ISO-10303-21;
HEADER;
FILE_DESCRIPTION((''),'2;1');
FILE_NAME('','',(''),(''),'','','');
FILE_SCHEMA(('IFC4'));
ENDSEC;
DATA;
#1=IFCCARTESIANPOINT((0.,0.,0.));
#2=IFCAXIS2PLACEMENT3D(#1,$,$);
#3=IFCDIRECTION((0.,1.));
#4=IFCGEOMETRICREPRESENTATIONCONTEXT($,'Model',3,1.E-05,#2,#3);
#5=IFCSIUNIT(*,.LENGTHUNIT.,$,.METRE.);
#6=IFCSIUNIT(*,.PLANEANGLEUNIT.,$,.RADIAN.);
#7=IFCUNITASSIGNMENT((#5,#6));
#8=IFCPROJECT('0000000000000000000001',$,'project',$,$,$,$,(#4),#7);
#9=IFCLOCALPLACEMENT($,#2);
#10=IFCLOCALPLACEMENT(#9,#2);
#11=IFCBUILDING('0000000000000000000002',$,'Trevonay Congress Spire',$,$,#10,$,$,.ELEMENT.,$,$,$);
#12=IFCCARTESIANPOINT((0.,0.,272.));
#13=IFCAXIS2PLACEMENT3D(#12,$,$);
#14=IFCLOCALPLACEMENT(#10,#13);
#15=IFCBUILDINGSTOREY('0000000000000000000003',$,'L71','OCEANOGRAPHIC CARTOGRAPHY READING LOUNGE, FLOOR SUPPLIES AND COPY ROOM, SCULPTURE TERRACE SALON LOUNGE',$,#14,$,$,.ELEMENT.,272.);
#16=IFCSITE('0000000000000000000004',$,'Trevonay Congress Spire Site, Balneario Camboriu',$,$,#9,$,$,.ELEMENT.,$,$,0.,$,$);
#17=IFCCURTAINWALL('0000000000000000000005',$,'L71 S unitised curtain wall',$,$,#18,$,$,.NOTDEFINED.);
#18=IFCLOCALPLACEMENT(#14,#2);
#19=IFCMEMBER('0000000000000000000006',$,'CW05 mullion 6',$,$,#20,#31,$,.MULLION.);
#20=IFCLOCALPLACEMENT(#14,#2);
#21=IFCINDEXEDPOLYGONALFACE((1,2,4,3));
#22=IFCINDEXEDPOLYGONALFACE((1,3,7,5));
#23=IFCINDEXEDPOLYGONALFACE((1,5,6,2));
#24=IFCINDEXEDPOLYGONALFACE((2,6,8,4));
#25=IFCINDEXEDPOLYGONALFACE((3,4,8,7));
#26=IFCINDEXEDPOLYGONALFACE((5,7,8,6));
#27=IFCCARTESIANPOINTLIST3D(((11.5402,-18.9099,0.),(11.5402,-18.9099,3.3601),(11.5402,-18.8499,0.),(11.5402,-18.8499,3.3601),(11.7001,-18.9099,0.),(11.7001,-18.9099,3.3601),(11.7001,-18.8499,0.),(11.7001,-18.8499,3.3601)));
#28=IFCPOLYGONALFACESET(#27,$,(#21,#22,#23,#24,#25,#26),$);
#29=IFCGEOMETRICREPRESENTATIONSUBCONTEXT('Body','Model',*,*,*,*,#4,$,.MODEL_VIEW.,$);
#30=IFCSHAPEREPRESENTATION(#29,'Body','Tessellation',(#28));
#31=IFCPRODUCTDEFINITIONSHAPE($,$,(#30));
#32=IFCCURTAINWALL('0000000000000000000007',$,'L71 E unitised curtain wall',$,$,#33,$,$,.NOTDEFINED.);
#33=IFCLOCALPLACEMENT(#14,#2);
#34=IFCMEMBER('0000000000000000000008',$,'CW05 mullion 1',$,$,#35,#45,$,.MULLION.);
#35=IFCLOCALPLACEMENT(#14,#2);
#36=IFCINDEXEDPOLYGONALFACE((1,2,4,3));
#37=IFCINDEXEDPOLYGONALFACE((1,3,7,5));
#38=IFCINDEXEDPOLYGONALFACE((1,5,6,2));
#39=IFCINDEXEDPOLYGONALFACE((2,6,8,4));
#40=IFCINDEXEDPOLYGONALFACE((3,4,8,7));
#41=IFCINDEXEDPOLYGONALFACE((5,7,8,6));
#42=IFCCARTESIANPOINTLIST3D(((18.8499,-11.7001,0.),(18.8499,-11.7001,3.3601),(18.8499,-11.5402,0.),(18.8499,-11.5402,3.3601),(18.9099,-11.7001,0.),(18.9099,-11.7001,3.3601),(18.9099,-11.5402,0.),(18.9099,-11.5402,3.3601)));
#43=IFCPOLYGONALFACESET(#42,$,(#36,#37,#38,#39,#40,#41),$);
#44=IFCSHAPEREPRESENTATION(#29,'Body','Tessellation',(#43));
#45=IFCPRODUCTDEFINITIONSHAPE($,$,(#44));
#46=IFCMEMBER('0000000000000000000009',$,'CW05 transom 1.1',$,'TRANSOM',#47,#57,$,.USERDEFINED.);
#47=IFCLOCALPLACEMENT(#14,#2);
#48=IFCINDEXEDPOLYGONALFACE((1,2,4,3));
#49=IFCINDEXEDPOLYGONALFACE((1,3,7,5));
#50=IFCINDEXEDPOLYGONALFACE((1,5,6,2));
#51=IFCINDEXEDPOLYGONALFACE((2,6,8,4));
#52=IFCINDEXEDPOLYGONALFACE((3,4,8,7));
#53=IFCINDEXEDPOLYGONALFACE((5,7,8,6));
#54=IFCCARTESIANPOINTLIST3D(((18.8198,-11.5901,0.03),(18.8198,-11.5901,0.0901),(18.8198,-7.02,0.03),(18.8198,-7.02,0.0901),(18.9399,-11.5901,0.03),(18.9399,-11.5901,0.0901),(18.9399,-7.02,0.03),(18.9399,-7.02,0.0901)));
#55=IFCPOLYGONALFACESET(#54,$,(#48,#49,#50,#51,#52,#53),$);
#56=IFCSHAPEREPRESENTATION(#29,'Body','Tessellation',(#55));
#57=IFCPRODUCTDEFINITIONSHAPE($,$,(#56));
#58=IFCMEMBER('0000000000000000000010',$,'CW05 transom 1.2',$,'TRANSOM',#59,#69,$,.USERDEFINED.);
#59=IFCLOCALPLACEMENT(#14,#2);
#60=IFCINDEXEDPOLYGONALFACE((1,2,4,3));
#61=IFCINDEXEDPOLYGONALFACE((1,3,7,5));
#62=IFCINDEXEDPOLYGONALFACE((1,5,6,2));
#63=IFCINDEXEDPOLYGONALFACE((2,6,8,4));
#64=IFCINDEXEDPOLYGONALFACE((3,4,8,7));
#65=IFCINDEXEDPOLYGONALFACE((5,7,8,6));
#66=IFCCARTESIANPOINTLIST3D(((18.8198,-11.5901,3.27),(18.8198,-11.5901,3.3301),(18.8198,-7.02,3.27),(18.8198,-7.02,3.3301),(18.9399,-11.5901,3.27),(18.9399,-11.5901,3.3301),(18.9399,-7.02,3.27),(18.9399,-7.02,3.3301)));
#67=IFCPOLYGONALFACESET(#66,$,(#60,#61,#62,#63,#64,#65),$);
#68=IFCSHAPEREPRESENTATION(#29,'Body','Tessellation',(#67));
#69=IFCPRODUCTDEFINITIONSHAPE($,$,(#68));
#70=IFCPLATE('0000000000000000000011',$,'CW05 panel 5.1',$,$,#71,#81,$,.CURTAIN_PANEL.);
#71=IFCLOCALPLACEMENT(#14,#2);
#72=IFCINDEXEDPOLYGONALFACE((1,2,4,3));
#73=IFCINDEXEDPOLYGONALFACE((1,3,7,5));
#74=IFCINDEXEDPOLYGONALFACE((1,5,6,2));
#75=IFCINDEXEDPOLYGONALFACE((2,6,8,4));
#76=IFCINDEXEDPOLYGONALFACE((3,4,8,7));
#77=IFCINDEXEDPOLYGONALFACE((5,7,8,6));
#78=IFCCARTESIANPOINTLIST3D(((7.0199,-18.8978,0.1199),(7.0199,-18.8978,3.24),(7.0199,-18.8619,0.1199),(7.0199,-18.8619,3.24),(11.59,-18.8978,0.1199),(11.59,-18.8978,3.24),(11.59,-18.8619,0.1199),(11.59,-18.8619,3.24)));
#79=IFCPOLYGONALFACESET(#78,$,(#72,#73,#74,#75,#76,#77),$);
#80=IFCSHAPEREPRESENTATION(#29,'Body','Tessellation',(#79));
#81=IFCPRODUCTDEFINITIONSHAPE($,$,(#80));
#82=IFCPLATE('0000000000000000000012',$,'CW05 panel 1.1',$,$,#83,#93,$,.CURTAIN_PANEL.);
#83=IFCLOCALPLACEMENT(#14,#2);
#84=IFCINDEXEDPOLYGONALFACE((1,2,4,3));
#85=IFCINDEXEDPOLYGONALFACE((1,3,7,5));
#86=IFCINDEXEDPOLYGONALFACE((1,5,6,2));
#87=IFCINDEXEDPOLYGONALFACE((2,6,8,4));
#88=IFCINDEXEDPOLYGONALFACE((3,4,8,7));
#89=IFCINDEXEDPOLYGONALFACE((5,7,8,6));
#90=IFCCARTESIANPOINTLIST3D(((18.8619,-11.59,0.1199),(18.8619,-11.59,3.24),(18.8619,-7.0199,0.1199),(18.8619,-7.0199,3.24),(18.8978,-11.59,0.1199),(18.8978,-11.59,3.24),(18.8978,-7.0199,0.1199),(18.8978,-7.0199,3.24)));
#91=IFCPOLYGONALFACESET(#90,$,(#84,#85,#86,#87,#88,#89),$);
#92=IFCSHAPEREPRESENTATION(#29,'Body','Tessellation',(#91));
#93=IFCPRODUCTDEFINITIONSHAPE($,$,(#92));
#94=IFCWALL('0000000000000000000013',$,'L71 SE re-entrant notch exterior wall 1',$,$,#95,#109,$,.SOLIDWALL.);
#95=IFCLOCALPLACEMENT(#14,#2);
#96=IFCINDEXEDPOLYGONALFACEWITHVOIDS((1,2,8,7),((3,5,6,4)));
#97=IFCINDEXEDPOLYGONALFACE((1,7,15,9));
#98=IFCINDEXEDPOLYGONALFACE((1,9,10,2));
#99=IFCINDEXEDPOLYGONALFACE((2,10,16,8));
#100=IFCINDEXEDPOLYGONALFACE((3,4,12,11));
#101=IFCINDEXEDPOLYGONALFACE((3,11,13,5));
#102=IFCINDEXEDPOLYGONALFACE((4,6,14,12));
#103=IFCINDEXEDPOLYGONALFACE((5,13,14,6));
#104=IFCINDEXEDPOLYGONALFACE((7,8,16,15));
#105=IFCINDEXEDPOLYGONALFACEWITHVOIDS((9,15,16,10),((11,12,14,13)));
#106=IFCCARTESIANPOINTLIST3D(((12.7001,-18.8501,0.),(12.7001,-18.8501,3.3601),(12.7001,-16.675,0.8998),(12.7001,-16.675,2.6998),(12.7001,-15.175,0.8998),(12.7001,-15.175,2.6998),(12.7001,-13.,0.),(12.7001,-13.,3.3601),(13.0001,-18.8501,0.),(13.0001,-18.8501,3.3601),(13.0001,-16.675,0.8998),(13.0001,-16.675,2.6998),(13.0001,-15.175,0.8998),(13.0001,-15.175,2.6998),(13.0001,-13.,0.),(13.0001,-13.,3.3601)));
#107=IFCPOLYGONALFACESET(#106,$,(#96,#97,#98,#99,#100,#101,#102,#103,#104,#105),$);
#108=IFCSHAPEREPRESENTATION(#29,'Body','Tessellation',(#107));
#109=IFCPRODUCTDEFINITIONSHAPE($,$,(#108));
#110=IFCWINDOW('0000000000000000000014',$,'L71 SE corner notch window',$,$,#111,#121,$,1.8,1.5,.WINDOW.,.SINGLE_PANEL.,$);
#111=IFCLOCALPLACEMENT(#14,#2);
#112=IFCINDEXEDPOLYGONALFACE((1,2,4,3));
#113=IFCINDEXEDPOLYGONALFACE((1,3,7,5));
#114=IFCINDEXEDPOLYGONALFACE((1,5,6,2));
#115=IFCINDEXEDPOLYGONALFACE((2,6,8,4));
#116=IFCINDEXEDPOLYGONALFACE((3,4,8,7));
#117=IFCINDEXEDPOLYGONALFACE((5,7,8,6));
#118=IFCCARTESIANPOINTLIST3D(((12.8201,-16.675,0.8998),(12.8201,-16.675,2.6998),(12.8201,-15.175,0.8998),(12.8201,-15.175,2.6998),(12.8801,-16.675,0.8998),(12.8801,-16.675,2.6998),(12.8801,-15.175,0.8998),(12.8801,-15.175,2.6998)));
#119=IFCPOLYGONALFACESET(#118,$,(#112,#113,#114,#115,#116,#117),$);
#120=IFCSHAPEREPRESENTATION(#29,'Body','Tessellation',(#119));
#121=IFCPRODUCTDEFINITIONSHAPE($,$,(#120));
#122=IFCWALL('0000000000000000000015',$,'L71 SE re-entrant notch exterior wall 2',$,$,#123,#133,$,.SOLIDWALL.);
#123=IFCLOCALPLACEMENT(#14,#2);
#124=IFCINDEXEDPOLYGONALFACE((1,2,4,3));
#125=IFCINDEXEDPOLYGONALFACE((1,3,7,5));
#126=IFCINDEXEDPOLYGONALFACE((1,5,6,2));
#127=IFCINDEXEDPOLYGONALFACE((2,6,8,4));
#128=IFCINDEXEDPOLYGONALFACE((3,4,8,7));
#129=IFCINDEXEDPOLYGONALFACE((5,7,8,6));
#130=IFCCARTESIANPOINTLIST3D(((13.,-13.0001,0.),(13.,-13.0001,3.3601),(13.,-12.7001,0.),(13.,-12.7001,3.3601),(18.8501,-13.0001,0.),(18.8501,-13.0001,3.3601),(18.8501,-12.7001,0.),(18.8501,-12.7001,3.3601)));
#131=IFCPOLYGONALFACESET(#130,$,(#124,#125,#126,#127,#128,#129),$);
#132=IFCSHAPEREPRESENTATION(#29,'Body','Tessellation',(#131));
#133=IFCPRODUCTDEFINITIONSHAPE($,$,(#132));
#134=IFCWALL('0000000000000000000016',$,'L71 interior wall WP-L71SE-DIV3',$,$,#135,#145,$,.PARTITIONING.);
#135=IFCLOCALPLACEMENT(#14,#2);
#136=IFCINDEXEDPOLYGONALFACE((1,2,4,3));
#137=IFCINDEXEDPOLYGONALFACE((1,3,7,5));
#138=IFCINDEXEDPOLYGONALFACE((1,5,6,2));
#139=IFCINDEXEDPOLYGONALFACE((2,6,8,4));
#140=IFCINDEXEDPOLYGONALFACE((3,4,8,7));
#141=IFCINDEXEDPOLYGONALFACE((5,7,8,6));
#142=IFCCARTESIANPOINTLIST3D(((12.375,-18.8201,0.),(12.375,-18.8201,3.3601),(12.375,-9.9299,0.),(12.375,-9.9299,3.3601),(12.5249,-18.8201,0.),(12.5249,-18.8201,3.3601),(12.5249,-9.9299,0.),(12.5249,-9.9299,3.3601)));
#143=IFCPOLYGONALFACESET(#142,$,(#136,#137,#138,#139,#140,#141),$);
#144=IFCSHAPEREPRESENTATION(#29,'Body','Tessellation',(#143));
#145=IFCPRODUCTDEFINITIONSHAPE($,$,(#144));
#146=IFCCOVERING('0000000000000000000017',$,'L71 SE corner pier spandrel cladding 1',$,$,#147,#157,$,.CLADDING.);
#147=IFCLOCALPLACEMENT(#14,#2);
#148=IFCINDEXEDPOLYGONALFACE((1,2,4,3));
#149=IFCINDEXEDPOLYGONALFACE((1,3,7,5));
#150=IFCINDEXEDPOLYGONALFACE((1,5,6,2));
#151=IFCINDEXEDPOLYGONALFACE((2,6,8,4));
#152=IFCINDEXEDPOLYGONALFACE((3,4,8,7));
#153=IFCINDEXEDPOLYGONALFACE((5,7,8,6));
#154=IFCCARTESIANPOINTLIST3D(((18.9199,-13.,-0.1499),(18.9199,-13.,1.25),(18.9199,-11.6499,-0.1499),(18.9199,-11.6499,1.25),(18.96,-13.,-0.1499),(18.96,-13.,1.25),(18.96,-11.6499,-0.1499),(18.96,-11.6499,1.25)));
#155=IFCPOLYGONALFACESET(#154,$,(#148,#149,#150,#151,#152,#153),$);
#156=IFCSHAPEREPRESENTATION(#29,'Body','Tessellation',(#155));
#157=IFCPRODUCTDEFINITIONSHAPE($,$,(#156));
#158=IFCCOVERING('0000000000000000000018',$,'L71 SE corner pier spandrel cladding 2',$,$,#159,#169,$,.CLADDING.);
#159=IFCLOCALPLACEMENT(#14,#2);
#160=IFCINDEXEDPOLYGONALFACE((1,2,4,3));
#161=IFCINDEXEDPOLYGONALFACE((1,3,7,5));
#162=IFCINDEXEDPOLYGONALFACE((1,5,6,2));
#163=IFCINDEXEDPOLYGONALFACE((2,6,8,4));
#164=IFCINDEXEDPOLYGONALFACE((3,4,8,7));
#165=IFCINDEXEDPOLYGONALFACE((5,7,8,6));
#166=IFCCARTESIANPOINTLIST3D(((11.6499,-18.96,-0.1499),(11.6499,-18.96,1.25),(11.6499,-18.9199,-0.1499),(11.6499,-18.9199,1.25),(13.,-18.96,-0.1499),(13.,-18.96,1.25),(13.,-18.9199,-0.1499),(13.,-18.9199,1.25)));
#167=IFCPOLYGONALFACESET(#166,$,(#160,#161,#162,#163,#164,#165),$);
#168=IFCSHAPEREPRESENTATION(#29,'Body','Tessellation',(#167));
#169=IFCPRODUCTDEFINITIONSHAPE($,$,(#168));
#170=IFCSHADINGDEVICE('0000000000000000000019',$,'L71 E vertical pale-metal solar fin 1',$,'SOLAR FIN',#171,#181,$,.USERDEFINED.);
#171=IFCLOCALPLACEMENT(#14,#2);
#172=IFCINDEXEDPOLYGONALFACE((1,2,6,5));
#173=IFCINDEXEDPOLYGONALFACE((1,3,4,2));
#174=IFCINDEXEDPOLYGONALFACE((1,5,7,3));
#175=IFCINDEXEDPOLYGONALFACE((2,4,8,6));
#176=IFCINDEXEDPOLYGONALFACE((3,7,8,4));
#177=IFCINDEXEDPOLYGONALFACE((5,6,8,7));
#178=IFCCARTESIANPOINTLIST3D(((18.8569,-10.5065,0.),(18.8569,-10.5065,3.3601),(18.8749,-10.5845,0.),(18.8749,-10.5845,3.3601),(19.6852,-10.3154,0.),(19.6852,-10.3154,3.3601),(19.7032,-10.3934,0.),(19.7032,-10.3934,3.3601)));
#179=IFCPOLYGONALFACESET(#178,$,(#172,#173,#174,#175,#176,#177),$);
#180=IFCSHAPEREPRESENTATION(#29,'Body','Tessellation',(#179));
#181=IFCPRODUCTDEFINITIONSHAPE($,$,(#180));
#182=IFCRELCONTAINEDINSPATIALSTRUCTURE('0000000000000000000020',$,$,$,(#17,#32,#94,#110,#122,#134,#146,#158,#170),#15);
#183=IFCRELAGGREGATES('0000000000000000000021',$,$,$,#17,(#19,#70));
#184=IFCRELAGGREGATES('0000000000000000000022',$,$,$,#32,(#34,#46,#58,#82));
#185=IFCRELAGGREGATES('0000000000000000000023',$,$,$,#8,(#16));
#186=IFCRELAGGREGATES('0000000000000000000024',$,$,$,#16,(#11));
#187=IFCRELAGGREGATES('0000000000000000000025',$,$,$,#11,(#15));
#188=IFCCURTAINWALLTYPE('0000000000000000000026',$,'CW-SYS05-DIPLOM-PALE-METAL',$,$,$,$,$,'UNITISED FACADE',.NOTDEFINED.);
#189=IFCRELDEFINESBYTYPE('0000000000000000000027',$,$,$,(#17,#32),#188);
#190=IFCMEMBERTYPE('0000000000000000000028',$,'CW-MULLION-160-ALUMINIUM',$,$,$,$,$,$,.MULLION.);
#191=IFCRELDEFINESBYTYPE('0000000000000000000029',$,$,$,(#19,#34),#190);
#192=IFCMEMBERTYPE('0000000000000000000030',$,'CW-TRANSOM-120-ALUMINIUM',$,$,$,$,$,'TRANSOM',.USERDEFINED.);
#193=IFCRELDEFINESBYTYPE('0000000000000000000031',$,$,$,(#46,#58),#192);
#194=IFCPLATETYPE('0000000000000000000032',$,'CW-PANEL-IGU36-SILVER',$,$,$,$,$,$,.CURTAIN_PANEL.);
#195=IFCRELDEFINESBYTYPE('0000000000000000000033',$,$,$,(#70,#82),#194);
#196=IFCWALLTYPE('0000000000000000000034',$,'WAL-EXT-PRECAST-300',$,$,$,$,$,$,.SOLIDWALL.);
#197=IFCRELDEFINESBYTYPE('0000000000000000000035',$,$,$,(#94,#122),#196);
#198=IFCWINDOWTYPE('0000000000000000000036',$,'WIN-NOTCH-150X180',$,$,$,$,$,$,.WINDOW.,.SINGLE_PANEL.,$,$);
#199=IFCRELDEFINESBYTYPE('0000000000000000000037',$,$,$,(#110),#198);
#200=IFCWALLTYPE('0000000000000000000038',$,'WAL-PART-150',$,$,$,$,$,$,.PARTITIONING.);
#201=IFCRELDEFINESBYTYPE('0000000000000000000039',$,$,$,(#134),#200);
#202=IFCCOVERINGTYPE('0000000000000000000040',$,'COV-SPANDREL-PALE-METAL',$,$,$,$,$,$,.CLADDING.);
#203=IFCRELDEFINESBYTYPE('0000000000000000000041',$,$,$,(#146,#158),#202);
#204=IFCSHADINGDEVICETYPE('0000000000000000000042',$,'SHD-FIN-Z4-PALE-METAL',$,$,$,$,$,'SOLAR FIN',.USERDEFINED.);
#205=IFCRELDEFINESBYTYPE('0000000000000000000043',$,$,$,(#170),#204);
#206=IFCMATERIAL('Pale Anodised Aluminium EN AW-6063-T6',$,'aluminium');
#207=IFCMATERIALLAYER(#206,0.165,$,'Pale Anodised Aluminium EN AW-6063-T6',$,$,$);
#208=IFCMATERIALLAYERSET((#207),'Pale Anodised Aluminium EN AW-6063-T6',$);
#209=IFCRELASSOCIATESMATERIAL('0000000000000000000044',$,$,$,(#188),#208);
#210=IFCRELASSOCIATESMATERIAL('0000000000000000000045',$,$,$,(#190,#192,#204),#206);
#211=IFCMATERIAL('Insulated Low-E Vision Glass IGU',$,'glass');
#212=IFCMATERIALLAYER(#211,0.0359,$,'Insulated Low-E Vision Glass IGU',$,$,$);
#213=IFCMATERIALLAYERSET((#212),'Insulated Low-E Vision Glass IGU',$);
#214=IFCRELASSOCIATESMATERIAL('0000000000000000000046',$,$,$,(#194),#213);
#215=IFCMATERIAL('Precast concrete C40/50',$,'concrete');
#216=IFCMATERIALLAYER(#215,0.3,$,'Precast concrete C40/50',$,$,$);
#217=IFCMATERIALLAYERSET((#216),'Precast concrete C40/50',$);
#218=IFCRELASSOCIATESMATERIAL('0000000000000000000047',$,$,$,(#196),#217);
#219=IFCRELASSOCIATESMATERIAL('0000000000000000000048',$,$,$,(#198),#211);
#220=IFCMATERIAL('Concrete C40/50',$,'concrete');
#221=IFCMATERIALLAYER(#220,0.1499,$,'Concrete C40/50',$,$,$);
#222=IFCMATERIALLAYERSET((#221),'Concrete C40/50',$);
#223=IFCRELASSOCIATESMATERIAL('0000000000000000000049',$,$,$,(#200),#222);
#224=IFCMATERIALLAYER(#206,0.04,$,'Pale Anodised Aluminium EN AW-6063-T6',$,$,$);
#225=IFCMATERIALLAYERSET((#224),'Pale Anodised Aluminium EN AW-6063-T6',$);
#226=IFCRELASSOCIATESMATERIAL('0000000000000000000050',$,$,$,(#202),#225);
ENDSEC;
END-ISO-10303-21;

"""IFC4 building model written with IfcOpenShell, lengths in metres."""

from ifc_helpers import new_model, si_unit, direction, frame, frame_2d, origin, origin_2d, place, context, subcontext, project, spatial, rectangle, extrude, material, layer, layer_set, material_profile, profile_set, type_object, element, fill, aggregate, save


model = new_model("IFC4")

# Units and contexts
model_context = context("Model", 3, precision=1e-05, world=origin(), true_north=direction((0.0, 1.0)))
body_context = subcontext(model_context, "Body", "Model", "MODEL_VIEW")
ifc_project = project(units=[si_unit("LENGTHUNIT", "METRE"), si_unit("PLANEANGLEUNIT", "RADIAN")], contexts=[model_context])

# Site, building, storey
site_placement = place(None, origin())
site = spatial("IfcSite", under=ifc_project, at=site_placement, Name="Trevonay Congress Spire Site, Balneario Camboriu", CompositionType="ELEMENT", RefElevation=0.0)
building_placement = place(site_placement, origin())
building = spatial("IfcBuilding", under=site, at=building_placement, Name="Trevonay Congress Spire", CompositionType="ELEMENT")
storey_placement = place(building_placement, frame((0.0, 0.0, 272.0)))
storey = spatial("IfcBuildingStorey", under=building, at=storey_placement, Name="L71", Description="OCEANOGRAPHIC CARTOGRAPHY READING LOUNGE, FLOOR SUPPLIES AND COPY ROOM, SCULPTURE TERRACE SALON LOUNGE", CompositionType="ELEMENT", Elevation=272.0)

# Curtain wall, member
ifc_material_1 = material(Name="Pale Anodised Aluminium EN AW-6063-T6", Category="aluminium")
ifc_layer_1 = layer(ifc_material_1, 0.165, Name="Pale Anodised Aluminium EN AW-6063-T6")
ifc_layer_set_1 = layer_set([ifc_layer_1], Name="Pale Anodised Aluminium EN AW-6063-T6")
curtain_wall_type = type_object("IfcCurtainWallType", Name="CW-SYS05-DIPLOM-PALE-METAL", ElementType="UNITISED FACADE", PredefinedType="NOTDEFINED", material=ifc_layer_set_1)
curtain_wall_1_placement = place(storey_placement, origin())
curtain_wall_1 = element("IfcCurtainWall", 1, at=curtain_wall_1_placement, inside=storey, type_object=curtain_wall_type, Name="L71 S unitised curtain wall", PredefinedType="NOTDEFINED")
ifc_material_profile_1 = material_profile(ifc_material_1, rectangle(XDim=0.0601, YDim=0.1599, at=origin_2d()), Name="CW-MULLION-160-ALUMINIUM")
ifc_profile_set_1 = profile_set([ifc_material_profile_1], Name="Pale Anodised Aluminium EN AW-6063-T6")
member_type_1 = type_object("IfcMemberType", Name="CW-MULLION-160-ALUMINIUM", PredefinedType="MULLION", material=ifc_profile_set_1)
member_1_placement = place(storey_placement, frame((11.6201, -18.8799, 0.0), z_axis=(0.0, 0.0, 1.0), x_axis=(0.0, 1.0, 0.0)))
member_1 = element("IfcMember", 2, at=member_1_placement, type_object=member_type_1, Name="CW05 mullion 6", PredefinedType="MULLION", context=body_context, shape_type="SweptSolid", body=[
    extrude(rectangle(XDim=0.0601, YDim=0.1599, at=origin_2d()), origin(), (0.0, 0.0, 1.0), 3.3601),
])

# Curtain wall, members
curtain_wall_2_placement = place(storey_placement, origin())
curtain_wall_2 = element("IfcCurtainWall", 3, at=curtain_wall_2_placement, inside=storey, type_object=curtain_wall_type, Name="L71 E unitised curtain wall", PredefinedType="NOTDEFINED")
member_2_placement = place(storey_placement, frame((18.8799, -11.6201, 0.0), z_axis=(0.0, 0.0, 1.0), x_axis=(-1.0, 0.0, 0.0)))
member_2 = element("IfcMember", 4, at=member_2_placement, type_object=member_type_1, Name="CW05 mullion 1", PredefinedType="MULLION", context=body_context, shape_type="SweptSolid", body=[
    extrude(rectangle(XDim=0.0601, YDim=0.1599, at=origin_2d()), origin(), (0.0, 0.0, 1.0), 3.3601),
])
ifc_material_profile_2 = material_profile(ifc_material_1, rectangle(XDim=0.1201, YDim=0.0601, at=origin_2d()), Name="CW-TRANSOM-120-ALUMINIUM")
ifc_profile_set_2 = profile_set([ifc_material_profile_2], Name="Pale Anodised Aluminium EN AW-6063-T6")
member_type_2 = type_object("IfcMemberType", Name="CW-TRANSOM-120-ALUMINIUM", ElementType="TRANSOM", PredefinedType="USERDEFINED", material=ifc_profile_set_2)
member_3_placement = place(storey_placement, frame((18.8799, -11.5901, 0.0601), z_axis=(0.0, 1.0, 0.0), x_axis=(-1.0, 0.0, 0.0)))
member_3 = element("IfcMember", 5, at=member_3_placement, type_object=member_type_2, Name="CW05 transom 1.1", ObjectType="TRANSOM", PredefinedType="USERDEFINED", context=body_context, shape_type="SweptSolid", body=[
    extrude(rectangle(XDim=0.1201, YDim=0.0601, at=origin_2d()), origin(), (0.0, 0.0, 1.0), 4.5701),
])
member_4_placement = place(storey_placement, frame((18.8799, -11.5901, 3.3), z_axis=(0.0, 1.0, 0.0), x_axis=(-1.0, 0.0, 0.0)))
member_4 = element("IfcMember", 6, at=member_4_placement, type_object=member_type_2, Name="CW05 transom 1.2", ObjectType="TRANSOM", PredefinedType="USERDEFINED", context=body_context, shape_type="SweptSolid", body=[
    extrude(rectangle(XDim=0.1201, YDim=0.0601, at=origin_2d()), origin(), (0.0, 0.0, 1.0), 4.5701),
])

# Plates
ifc_material_2 = material(Name="Insulated Low-E Vision Glass IGU", Category="glass")
ifc_layer_2 = layer(ifc_material_2, 0.0359, Name="Insulated Low-E Vision Glass IGU")
ifc_layer_set_2 = layer_set([ifc_layer_2], Name="Insulated Low-E Vision Glass IGU")
plate_type = type_object("IfcPlateType", Name="CW-PANEL-IGU36-SILVER", PredefinedType="CURTAIN_PANEL", material=ifc_layer_set_2)
plate_1_placement = place(storey_placement, frame((9.3049, -18.8799, 0.1199), z_axis=(0.0, 0.0, 1.0), x_axis=(1.0, 0.0, 0.0)))
plate_1 = element("IfcPlate", 7, at=plate_1_placement, type_object=plate_type, Name="CW05 panel 5.1", PredefinedType="CURTAIN_PANEL", context=body_context, shape_type="SweptSolid", body=[
    extrude(rectangle(XDim=4.5701, YDim=0.0359, at=origin_2d()), origin(), (0.0, 0.0, 1.0), 3.1201),
])
aggregate(curtain_wall_1, [member_1, plate_1])
plate_2_placement = place(storey_placement, frame((18.8799, -9.3049, 0.1199), z_axis=(0.0, 0.0, 1.0), x_axis=(0.0, 1.0, 0.0)))
plate_2 = element("IfcPlate", 8, at=plate_2_placement, type_object=plate_type, Name="CW05 panel 1.1", PredefinedType="CURTAIN_PANEL", context=body_context, shape_type="SweptSolid", body=[
    extrude(rectangle(XDim=4.5701, YDim=0.0359, at=origin_2d()), origin(), (0.0, 0.0, 1.0), 3.1201),
])
aggregate(curtain_wall_2, [member_2, member_3, member_4, plate_2])

# Wall, opening, window
ifc_material_3 = material(Name="Precast concrete C40/50", Category="concrete")
ifc_layer_3 = layer(ifc_material_3, 0.3, Name="Precast concrete C40/50")
ifc_layer_set_3 = layer_set([ifc_layer_3], Name="Precast concrete C40/50")
wall_type_1 = type_object("IfcWallType", Name="WAL-EXT-PRECAST-300", PredefinedType="SOLIDWALL", material=ifc_layer_set_3)
wall_1_placement = place(storey_placement, frame((12.8501, -18.8501, 0.0), z_axis=(0.0, 0.0, 1.0), x_axis=(0.0, 1.0, 0.0)))
wall_1 = element("IfcWall", 9, at=wall_1_placement, inside=storey, type_object=wall_type_1, Name="L71 SE re-entrant notch exterior wall 1", PredefinedType="SOLIDWALL", context=body_context, shape_type="SweptSolid", body=[
    extrude(rectangle(XDim=5.8501, YDim=0.3, at=frame_2d((2.925, 0.0))), origin(), (0.0, 0.0, 1.0), 3.3601),
])
opening_placement = place(wall_1_placement, frame((2.175, 0.0, 0.8999)))
opening = element("IfcOpeningElement", 10, at=opening_placement, cuts=wall_1, PredefinedType="OPENING", context=body_context, shape_type="SweptSolid", body=[
    extrude(rectangle(XDim=1.5, YDim=1.8, at=frame_2d((0.75, 0.8999))), frame((0.0, 0.1602, 0.0), z_axis=(0.0, -1.0, 0.0), x_axis=(1.0, 0.0, 0.0)), (0.0, 0.0, 1.0), 0.3201),
])
window_type = type_object("IfcWindowType", Name="WIN-NOTCH-150X180", PartitioningType="SINGLE_PANEL", PredefinedType="WINDOW", material=ifc_material_2)
window_placement = place(opening_placement, origin())
window = element("IfcWindow", 11, at=window_placement, inside=storey, type_object=window_type, Name="L71 SE corner notch window", OverallHeight=1.8, OverallWidth=1.5, PartitioningType="SINGLE_PANEL", PredefinedType="WINDOW", context=body_context, shape_type="SweptSolid", body=[
    extrude(rectangle(XDim=1.5, YDim=1.8, at=frame_2d((0.75, 0.8999))), frame((0.0, 0.03, 0.0), z_axis=(0.0, -1.0, 0.0), x_axis=(1.0, 0.0, 0.0)), (0.0, 0.0, 1.0), 0.0601),
])
fill(opening, window)

# Walls
wall_2_placement = place(storey_placement, frame((18.8501, -12.8501, 0.0), z_axis=(0.0, 0.0, 1.0), x_axis=(-1.0, 0.0, 0.0)))
element("IfcWall", 12, at=wall_2_placement, inside=storey, type_object=wall_type_1, Name="L71 SE re-entrant notch exterior wall 2", PredefinedType="SOLIDWALL", context=body_context, shape_type="SweptSolid", body=[
    extrude(rectangle(XDim=5.8501, YDim=0.3, at=frame_2d((2.925, 0.0))), origin(), (0.0, 0.0, 1.0), 3.3601),
])
ifc_material_4 = material(Name="Concrete C40/50", Category="concrete")
ifc_layer_4 = layer(ifc_material_4, 0.1499, Name="Concrete C40/50")
ifc_layer_set_4 = layer_set([ifc_layer_4], Name="Concrete C40/50")
wall_type_2 = type_object("IfcWallType", Name="WAL-PART-150", PredefinedType="PARTITIONING", material=ifc_layer_set_4)
wall_3_placement = place(storey_placement, frame((12.45, -18.8201, 0.0), z_axis=(0.0, 0.0, 1.0), x_axis=(0.0, 1.0, 0.0)))
element("IfcWall", 13, at=wall_3_placement, inside=storey, type_object=wall_type_2, Name="L71 interior wall WP-L71SE-DIV3", PredefinedType="PARTITIONING", context=body_context, shape_type="SweptSolid", body=[
    extrude(rectangle(XDim=8.8901, YDim=0.1499, at=frame_2d((4.4451, 0.0))), origin(), (0.0, 0.0, 1.0), 3.3601),
])

# Coverings
ifc_layer_5 = layer(ifc_material_1, 0.04, Name="Pale Anodised Aluminium EN AW-6063-T6")
ifc_layer_set_5 = layer_set([ifc_layer_5], Name="Pale Anodised Aluminium EN AW-6063-T6")
covering_type = type_object("IfcCoveringType", Name="COV-SPANDREL-PALE-METAL", PredefinedType="CLADDING", material=ifc_layer_set_5)
for number, where, z_axis, x_axis, name in (
    (14, (18.9399, -11.6499, -0.1499), (0.0, 0.0, 1.0), (0.0, -1.0, 0.0), "L71 SE corner pier spandrel cladding 1"),
    (15, (11.6499, -18.9399, -0.1499), (0.0, 0.0, 1.0), (1.0, 0.0, 0.0), "L71 SE corner pier spandrel cladding 2"),
):
    element("IfcCovering", number, at=place(storey_placement, frame(where, z_axis=z_axis, x_axis=x_axis)), inside=storey, type_object=covering_type, Name=name, PredefinedType="CLADDING", context=body_context, shape_type="SweptSolid", body=[
        extrude(rectangle(XDim=1.3501, YDim=0.04, at=frame_2d((0.675, 0.0))), origin(), (0.0, 0.0, 1.0), 1.3999),
    ])

# Shading device
shading_device_type = type_object("IfcShadingDeviceType", Name="SHD-FIN-Z4-PALE-METAL", ElementType="SOLAR FIN", PredefinedType="USERDEFINED", material=ifc_material_1)
for number, where, z_axis, x_axis, name in (
    (16, (19.28, -10.45, 0.0), (0.0, 0.0, 1.0), (-0.224781, 0.974409, 0.0), "L71 E vertical pale-metal solar fin 1"),
):
    element("IfcShadingDevice", number, at=place(storey_placement, frame(where, z_axis=z_axis, x_axis=x_axis)), inside=storey, type_object=shading_device_type, Name=name, ObjectType="SOLAR FIN", PredefinedType="USERDEFINED", context=body_context, shape_type="SweptSolid", body=[
        extrude(rectangle(XDim=0.0801, YDim=0.8501, at=origin_2d()), origin(), (0.0, 0.0, 1.0), 3.3601),
    ])

save(model, "model.ifc")
